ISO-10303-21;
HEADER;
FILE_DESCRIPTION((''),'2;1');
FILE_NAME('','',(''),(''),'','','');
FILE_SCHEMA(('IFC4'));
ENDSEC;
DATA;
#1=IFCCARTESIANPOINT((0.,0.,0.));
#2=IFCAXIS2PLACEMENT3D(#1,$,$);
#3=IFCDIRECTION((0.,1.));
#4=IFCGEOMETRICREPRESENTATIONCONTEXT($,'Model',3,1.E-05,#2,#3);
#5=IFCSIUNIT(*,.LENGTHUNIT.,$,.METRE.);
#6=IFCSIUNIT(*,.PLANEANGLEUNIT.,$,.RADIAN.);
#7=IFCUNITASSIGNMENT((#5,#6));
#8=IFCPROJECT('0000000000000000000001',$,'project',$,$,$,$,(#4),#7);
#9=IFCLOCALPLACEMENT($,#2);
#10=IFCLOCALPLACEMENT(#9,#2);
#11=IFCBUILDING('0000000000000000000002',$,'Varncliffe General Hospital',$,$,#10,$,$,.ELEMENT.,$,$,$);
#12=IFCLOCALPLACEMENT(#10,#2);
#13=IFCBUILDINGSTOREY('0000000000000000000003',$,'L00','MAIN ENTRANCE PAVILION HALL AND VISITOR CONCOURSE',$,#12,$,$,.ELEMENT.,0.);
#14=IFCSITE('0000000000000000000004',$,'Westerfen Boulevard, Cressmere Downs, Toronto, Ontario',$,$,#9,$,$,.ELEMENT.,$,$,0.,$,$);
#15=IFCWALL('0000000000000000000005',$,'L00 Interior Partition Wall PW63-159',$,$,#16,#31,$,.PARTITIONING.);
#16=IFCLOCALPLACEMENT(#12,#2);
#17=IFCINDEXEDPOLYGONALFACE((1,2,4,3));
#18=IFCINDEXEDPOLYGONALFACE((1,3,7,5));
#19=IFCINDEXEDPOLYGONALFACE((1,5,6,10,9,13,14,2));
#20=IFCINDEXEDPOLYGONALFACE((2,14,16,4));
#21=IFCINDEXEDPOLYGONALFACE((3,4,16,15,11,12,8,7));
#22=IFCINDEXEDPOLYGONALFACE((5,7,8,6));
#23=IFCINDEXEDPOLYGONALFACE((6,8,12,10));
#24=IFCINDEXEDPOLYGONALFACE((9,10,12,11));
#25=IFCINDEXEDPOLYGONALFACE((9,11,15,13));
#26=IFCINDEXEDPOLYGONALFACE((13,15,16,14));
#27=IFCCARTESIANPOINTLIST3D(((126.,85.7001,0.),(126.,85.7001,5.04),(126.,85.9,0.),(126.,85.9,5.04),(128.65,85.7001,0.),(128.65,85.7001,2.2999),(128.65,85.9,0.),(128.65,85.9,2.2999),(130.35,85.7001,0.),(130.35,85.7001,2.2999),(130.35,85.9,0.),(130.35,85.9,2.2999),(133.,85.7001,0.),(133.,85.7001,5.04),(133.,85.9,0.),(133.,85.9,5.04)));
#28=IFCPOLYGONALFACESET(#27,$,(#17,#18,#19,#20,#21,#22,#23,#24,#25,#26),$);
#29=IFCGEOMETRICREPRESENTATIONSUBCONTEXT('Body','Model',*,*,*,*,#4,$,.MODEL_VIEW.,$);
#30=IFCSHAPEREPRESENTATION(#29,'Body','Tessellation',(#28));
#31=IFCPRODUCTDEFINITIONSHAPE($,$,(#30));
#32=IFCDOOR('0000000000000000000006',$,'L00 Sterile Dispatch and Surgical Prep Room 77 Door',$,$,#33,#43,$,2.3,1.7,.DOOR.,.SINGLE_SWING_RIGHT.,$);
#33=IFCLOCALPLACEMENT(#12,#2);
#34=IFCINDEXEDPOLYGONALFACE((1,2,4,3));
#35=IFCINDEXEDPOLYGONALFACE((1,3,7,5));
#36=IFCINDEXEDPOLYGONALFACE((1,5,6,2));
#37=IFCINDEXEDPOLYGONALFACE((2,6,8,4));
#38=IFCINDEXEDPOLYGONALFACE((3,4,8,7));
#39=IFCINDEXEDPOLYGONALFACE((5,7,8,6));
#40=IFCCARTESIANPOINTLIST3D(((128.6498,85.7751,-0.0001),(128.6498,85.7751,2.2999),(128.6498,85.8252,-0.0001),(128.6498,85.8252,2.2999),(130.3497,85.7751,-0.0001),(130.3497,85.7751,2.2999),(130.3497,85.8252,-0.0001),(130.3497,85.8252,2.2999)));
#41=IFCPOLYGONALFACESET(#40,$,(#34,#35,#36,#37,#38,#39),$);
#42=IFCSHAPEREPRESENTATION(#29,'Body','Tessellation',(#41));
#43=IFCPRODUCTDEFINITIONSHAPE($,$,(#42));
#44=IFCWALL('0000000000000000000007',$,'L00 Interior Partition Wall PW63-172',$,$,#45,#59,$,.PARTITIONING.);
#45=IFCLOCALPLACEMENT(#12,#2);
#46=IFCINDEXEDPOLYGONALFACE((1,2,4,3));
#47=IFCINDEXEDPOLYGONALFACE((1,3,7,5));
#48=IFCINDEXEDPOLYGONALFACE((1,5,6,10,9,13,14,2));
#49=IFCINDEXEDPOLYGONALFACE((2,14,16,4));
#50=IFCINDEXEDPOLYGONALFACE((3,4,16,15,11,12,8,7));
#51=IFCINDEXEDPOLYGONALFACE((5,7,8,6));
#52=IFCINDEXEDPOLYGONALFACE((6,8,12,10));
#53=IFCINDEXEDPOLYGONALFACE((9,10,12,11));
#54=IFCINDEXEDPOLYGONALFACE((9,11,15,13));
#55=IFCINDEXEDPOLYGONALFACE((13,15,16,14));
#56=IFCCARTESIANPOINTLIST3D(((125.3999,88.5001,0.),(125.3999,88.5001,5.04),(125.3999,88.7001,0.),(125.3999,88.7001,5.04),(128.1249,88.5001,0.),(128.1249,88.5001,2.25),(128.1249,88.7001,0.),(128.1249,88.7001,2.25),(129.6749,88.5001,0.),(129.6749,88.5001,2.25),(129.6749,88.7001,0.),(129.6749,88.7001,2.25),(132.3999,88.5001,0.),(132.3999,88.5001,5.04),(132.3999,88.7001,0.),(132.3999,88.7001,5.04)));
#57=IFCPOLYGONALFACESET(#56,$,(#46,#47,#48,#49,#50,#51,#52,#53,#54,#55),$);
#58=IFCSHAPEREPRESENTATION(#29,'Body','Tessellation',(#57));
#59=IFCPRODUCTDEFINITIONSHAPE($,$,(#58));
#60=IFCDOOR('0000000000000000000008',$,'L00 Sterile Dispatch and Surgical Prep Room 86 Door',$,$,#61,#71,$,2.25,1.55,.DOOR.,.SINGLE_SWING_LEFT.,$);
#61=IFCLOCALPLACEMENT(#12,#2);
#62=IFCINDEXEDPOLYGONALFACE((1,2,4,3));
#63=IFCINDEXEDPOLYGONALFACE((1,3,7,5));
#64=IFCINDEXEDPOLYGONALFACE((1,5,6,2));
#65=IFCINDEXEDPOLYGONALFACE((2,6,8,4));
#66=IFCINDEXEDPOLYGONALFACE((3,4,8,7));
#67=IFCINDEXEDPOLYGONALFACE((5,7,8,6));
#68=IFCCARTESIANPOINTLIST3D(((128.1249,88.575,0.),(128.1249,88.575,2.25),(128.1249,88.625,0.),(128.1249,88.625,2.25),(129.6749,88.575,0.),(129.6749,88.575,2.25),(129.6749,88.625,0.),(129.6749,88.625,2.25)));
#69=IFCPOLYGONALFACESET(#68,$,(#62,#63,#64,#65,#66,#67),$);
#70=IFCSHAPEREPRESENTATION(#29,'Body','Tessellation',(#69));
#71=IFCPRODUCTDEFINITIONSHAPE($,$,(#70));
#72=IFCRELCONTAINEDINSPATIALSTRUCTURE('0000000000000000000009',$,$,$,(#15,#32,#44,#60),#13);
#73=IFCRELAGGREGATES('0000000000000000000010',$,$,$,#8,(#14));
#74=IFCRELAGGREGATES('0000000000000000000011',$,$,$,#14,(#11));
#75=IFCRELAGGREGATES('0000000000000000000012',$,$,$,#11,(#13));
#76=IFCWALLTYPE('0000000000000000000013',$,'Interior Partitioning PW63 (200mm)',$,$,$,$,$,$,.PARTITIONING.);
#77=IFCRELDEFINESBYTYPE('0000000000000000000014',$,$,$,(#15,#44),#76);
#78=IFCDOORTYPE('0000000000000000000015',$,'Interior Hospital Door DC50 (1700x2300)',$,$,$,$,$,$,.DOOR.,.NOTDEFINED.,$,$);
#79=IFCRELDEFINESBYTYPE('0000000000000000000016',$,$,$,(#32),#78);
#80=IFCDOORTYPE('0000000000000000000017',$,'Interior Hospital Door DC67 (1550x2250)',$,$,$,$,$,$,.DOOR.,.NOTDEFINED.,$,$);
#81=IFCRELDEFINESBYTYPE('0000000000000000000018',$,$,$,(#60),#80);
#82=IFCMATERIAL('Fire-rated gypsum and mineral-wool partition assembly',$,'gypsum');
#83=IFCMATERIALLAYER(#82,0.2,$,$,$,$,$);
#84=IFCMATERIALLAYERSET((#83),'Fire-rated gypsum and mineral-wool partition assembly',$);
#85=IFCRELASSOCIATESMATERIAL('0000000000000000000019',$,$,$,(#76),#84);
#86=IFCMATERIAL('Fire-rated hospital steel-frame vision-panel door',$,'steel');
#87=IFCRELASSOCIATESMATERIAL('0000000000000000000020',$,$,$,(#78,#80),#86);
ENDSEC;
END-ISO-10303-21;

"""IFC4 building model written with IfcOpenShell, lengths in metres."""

from ifc_helpers import new_model, si_unit, direction, frame, frame_2d, origin, place, context, subcontext, project, spatial, rectangle, extrude, material, layer, layer_set, type_object, element, fill, save


model = new_model("IFC4")

# Units and contexts
model_context = context("Model", 3, precision=1e-05, world=origin(), true_north=direction((0.0, 1.0)))
body_context = subcontext(model_context, "Body", "Model", "MODEL_VIEW")
ifc_project = project(units=[si_unit("LENGTHUNIT", "METRE"), si_unit("PLANEANGLEUNIT", "RADIAN")], contexts=[model_context])

# Site, building, storey
site_placement = place(None, origin())
site = spatial("IfcSite", under=ifc_project, at=site_placement, Name="Westerfen Boulevard, Cressmere Downs, Toronto, Ontario", CompositionType="ELEMENT", RefElevation=0.0)
building_placement = place(site_placement, origin())
building = spatial("IfcBuilding", under=site, at=building_placement, Name="Varncliffe General Hospital", CompositionType="ELEMENT")
storey_placement = place(building_placement, origin())
storey = spatial("IfcBuildingStorey", under=building, at=storey_placement, Name="L00", Description="MAIN ENTRANCE PAVILION HALL AND VISITOR CONCOURSE", CompositionType="ELEMENT", Elevation=0.0)

# Walls, openings, doors
ifc_material_1 = material(Name="Fire-rated gypsum and mineral-wool partition assembly", Category="gypsum")
ifc_layer_1 = layer(ifc_material_1, 0.2)
ifc_layer_set_1 = layer_set([ifc_layer_1], Name="Fire-rated gypsum and mineral-wool partition assembly")
wall_type_1 = type_object("IfcWallType", Name="Interior Partitioning PW63 (200mm)", PredefinedType="PARTITIONING", material=ifc_layer_set_1)
wall_1_placement = place(storey_placement, frame((126.0, 85.8, 0.0), z_axis=(0.0, 0.0, 1.0), x_axis=(1.0, 0.0, 0.0)))
wall_1 = element("IfcWall", 1, at=wall_1_placement, inside=storey, type_object=wall_type_1, Name="L00 Interior Partition Wall PW63-159", PredefinedType="PARTITIONING", context=body_context, shape_type="SweptSolid", body=[
    extrude(rectangle(XDim=7.0, YDim=0.2, at=frame_2d((3.5, 0.0))), origin(), (0.0, 0.0, 1.0), 5.04),
])
opening_1_placement = place(wall_1_placement, frame((2.6499, 0.0, 0.0)))
opening_1 = element("IfcOpeningElement", 2, at=opening_1_placement, cuts=wall_1, PredefinedType="OPENING", context=body_context, shape_type="SweptSolid", body=[
    extrude(rectangle(XDim=1.7, YDim=2.3, at=frame_2d((0.8501, 1.1499))), frame((0.0, 0.1099, 0.0), z_axis=(0.0, -1.0, 0.0), x_axis=(1.0, 0.0, 0.0)), (0.0, 0.0, 1.0), 0.22),
])
ifc_material_2 = material(Name="Fire-rated hospital steel-frame vision-panel door", Category="steel")
door_type_1 = type_object("IfcDoorType", Name="Interior Hospital Door DC50 (1700x2300)", OperationType="NOTDEFINED", PredefinedType="DOOR", material=ifc_material_2)
door_1_placement = place(opening_1_placement, frame((1.7, 0.0, 0.0), z_axis=(0.0, 0.0, 1.0), x_axis=(-1.0, 0.0, 0.0)))
door_1 = element("IfcDoor", 3, at=door_1_placement, inside=storey, type_object=door_type_1, Name="L00 Sterile Dispatch and Surgical Prep Room 77 Door", OperationType="SINGLE_SWING_RIGHT", OverallHeight=2.3, OverallWidth=1.7, PredefinedType="DOOR", context=body_context, shape_type="SweptSolid", body=[
    extrude(rectangle(XDim=1.7, YDim=2.3, at=frame_2d((0.8501, 1.1499))), frame((0.0, 0.0249, 0.0), z_axis=(0.0, -1.0, 0.0), x_axis=(1.0, 0.0, 0.0)), (0.0, 0.0, 1.0), 0.05),
])
fill(opening_1, door_1)
wall_2_placement = place(storey_placement, frame((125.3999, 88.6001, 0.0), z_axis=(0.0, 0.0, 1.0), x_axis=(1.0, 0.0, 0.0)))
wall_2 = element("IfcWall", 4, at=wall_2_placement, inside=storey, type_object=wall_type_1, Name="L00 Interior Partition Wall PW63-172", PredefinedType="PARTITIONING", context=body_context, shape_type="SweptSolid", body=[
    extrude(rectangle(XDim=7.0, YDim=0.2, at=frame_2d((3.5, 0.0))), origin(), (0.0, 0.0, 1.0), 5.04),
])
opening_2_placement = place(wall_2_placement, frame((2.7251, 0.0, 0.0)))
opening_2 = element("IfcOpeningElement", 5, at=opening_2_placement, cuts=wall_2, PredefinedType="OPENING", context=body_context, shape_type="SweptSolid", body=[
    extrude(rectangle(XDim=1.55, YDim=2.25, at=frame_2d((0.7749, 1.125))), frame((0.0, 0.1099, 0.0), z_axis=(0.0, -1.0, 0.0), x_axis=(1.0, 0.0, 0.0)), (0.0, 0.0, 1.0), 0.22),
])
door_type_2 = type_object("IfcDoorType", Name="Interior Hospital Door DC67 (1550x2250)", OperationType="NOTDEFINED", PredefinedType="DOOR", material=ifc_material_2)
door_2_placement = place(opening_2_placement, origin())
door_2 = element("IfcDoor", 6, at=door_2_placement, inside=storey, type_object=door_type_2, Name="L00 Sterile Dispatch and Surgical Prep Room 86 Door", OperationType="SINGLE_SWING_LEFT", OverallHeight=2.25, OverallWidth=1.55, PredefinedType="DOOR", context=body_context, shape_type="SweptSolid", body=[
    extrude(rectangle(XDim=1.55, YDim=2.25, at=frame_2d((0.7749, 1.125))), frame((0.0, 0.0249, 0.0), z_axis=(0.0, -1.0, 0.0), x_axis=(1.0, 0.0, 0.0)), (0.0, 0.0, 1.0), 0.05),
])
fill(opening_2, door_2)

save(model, "model.ifc")
